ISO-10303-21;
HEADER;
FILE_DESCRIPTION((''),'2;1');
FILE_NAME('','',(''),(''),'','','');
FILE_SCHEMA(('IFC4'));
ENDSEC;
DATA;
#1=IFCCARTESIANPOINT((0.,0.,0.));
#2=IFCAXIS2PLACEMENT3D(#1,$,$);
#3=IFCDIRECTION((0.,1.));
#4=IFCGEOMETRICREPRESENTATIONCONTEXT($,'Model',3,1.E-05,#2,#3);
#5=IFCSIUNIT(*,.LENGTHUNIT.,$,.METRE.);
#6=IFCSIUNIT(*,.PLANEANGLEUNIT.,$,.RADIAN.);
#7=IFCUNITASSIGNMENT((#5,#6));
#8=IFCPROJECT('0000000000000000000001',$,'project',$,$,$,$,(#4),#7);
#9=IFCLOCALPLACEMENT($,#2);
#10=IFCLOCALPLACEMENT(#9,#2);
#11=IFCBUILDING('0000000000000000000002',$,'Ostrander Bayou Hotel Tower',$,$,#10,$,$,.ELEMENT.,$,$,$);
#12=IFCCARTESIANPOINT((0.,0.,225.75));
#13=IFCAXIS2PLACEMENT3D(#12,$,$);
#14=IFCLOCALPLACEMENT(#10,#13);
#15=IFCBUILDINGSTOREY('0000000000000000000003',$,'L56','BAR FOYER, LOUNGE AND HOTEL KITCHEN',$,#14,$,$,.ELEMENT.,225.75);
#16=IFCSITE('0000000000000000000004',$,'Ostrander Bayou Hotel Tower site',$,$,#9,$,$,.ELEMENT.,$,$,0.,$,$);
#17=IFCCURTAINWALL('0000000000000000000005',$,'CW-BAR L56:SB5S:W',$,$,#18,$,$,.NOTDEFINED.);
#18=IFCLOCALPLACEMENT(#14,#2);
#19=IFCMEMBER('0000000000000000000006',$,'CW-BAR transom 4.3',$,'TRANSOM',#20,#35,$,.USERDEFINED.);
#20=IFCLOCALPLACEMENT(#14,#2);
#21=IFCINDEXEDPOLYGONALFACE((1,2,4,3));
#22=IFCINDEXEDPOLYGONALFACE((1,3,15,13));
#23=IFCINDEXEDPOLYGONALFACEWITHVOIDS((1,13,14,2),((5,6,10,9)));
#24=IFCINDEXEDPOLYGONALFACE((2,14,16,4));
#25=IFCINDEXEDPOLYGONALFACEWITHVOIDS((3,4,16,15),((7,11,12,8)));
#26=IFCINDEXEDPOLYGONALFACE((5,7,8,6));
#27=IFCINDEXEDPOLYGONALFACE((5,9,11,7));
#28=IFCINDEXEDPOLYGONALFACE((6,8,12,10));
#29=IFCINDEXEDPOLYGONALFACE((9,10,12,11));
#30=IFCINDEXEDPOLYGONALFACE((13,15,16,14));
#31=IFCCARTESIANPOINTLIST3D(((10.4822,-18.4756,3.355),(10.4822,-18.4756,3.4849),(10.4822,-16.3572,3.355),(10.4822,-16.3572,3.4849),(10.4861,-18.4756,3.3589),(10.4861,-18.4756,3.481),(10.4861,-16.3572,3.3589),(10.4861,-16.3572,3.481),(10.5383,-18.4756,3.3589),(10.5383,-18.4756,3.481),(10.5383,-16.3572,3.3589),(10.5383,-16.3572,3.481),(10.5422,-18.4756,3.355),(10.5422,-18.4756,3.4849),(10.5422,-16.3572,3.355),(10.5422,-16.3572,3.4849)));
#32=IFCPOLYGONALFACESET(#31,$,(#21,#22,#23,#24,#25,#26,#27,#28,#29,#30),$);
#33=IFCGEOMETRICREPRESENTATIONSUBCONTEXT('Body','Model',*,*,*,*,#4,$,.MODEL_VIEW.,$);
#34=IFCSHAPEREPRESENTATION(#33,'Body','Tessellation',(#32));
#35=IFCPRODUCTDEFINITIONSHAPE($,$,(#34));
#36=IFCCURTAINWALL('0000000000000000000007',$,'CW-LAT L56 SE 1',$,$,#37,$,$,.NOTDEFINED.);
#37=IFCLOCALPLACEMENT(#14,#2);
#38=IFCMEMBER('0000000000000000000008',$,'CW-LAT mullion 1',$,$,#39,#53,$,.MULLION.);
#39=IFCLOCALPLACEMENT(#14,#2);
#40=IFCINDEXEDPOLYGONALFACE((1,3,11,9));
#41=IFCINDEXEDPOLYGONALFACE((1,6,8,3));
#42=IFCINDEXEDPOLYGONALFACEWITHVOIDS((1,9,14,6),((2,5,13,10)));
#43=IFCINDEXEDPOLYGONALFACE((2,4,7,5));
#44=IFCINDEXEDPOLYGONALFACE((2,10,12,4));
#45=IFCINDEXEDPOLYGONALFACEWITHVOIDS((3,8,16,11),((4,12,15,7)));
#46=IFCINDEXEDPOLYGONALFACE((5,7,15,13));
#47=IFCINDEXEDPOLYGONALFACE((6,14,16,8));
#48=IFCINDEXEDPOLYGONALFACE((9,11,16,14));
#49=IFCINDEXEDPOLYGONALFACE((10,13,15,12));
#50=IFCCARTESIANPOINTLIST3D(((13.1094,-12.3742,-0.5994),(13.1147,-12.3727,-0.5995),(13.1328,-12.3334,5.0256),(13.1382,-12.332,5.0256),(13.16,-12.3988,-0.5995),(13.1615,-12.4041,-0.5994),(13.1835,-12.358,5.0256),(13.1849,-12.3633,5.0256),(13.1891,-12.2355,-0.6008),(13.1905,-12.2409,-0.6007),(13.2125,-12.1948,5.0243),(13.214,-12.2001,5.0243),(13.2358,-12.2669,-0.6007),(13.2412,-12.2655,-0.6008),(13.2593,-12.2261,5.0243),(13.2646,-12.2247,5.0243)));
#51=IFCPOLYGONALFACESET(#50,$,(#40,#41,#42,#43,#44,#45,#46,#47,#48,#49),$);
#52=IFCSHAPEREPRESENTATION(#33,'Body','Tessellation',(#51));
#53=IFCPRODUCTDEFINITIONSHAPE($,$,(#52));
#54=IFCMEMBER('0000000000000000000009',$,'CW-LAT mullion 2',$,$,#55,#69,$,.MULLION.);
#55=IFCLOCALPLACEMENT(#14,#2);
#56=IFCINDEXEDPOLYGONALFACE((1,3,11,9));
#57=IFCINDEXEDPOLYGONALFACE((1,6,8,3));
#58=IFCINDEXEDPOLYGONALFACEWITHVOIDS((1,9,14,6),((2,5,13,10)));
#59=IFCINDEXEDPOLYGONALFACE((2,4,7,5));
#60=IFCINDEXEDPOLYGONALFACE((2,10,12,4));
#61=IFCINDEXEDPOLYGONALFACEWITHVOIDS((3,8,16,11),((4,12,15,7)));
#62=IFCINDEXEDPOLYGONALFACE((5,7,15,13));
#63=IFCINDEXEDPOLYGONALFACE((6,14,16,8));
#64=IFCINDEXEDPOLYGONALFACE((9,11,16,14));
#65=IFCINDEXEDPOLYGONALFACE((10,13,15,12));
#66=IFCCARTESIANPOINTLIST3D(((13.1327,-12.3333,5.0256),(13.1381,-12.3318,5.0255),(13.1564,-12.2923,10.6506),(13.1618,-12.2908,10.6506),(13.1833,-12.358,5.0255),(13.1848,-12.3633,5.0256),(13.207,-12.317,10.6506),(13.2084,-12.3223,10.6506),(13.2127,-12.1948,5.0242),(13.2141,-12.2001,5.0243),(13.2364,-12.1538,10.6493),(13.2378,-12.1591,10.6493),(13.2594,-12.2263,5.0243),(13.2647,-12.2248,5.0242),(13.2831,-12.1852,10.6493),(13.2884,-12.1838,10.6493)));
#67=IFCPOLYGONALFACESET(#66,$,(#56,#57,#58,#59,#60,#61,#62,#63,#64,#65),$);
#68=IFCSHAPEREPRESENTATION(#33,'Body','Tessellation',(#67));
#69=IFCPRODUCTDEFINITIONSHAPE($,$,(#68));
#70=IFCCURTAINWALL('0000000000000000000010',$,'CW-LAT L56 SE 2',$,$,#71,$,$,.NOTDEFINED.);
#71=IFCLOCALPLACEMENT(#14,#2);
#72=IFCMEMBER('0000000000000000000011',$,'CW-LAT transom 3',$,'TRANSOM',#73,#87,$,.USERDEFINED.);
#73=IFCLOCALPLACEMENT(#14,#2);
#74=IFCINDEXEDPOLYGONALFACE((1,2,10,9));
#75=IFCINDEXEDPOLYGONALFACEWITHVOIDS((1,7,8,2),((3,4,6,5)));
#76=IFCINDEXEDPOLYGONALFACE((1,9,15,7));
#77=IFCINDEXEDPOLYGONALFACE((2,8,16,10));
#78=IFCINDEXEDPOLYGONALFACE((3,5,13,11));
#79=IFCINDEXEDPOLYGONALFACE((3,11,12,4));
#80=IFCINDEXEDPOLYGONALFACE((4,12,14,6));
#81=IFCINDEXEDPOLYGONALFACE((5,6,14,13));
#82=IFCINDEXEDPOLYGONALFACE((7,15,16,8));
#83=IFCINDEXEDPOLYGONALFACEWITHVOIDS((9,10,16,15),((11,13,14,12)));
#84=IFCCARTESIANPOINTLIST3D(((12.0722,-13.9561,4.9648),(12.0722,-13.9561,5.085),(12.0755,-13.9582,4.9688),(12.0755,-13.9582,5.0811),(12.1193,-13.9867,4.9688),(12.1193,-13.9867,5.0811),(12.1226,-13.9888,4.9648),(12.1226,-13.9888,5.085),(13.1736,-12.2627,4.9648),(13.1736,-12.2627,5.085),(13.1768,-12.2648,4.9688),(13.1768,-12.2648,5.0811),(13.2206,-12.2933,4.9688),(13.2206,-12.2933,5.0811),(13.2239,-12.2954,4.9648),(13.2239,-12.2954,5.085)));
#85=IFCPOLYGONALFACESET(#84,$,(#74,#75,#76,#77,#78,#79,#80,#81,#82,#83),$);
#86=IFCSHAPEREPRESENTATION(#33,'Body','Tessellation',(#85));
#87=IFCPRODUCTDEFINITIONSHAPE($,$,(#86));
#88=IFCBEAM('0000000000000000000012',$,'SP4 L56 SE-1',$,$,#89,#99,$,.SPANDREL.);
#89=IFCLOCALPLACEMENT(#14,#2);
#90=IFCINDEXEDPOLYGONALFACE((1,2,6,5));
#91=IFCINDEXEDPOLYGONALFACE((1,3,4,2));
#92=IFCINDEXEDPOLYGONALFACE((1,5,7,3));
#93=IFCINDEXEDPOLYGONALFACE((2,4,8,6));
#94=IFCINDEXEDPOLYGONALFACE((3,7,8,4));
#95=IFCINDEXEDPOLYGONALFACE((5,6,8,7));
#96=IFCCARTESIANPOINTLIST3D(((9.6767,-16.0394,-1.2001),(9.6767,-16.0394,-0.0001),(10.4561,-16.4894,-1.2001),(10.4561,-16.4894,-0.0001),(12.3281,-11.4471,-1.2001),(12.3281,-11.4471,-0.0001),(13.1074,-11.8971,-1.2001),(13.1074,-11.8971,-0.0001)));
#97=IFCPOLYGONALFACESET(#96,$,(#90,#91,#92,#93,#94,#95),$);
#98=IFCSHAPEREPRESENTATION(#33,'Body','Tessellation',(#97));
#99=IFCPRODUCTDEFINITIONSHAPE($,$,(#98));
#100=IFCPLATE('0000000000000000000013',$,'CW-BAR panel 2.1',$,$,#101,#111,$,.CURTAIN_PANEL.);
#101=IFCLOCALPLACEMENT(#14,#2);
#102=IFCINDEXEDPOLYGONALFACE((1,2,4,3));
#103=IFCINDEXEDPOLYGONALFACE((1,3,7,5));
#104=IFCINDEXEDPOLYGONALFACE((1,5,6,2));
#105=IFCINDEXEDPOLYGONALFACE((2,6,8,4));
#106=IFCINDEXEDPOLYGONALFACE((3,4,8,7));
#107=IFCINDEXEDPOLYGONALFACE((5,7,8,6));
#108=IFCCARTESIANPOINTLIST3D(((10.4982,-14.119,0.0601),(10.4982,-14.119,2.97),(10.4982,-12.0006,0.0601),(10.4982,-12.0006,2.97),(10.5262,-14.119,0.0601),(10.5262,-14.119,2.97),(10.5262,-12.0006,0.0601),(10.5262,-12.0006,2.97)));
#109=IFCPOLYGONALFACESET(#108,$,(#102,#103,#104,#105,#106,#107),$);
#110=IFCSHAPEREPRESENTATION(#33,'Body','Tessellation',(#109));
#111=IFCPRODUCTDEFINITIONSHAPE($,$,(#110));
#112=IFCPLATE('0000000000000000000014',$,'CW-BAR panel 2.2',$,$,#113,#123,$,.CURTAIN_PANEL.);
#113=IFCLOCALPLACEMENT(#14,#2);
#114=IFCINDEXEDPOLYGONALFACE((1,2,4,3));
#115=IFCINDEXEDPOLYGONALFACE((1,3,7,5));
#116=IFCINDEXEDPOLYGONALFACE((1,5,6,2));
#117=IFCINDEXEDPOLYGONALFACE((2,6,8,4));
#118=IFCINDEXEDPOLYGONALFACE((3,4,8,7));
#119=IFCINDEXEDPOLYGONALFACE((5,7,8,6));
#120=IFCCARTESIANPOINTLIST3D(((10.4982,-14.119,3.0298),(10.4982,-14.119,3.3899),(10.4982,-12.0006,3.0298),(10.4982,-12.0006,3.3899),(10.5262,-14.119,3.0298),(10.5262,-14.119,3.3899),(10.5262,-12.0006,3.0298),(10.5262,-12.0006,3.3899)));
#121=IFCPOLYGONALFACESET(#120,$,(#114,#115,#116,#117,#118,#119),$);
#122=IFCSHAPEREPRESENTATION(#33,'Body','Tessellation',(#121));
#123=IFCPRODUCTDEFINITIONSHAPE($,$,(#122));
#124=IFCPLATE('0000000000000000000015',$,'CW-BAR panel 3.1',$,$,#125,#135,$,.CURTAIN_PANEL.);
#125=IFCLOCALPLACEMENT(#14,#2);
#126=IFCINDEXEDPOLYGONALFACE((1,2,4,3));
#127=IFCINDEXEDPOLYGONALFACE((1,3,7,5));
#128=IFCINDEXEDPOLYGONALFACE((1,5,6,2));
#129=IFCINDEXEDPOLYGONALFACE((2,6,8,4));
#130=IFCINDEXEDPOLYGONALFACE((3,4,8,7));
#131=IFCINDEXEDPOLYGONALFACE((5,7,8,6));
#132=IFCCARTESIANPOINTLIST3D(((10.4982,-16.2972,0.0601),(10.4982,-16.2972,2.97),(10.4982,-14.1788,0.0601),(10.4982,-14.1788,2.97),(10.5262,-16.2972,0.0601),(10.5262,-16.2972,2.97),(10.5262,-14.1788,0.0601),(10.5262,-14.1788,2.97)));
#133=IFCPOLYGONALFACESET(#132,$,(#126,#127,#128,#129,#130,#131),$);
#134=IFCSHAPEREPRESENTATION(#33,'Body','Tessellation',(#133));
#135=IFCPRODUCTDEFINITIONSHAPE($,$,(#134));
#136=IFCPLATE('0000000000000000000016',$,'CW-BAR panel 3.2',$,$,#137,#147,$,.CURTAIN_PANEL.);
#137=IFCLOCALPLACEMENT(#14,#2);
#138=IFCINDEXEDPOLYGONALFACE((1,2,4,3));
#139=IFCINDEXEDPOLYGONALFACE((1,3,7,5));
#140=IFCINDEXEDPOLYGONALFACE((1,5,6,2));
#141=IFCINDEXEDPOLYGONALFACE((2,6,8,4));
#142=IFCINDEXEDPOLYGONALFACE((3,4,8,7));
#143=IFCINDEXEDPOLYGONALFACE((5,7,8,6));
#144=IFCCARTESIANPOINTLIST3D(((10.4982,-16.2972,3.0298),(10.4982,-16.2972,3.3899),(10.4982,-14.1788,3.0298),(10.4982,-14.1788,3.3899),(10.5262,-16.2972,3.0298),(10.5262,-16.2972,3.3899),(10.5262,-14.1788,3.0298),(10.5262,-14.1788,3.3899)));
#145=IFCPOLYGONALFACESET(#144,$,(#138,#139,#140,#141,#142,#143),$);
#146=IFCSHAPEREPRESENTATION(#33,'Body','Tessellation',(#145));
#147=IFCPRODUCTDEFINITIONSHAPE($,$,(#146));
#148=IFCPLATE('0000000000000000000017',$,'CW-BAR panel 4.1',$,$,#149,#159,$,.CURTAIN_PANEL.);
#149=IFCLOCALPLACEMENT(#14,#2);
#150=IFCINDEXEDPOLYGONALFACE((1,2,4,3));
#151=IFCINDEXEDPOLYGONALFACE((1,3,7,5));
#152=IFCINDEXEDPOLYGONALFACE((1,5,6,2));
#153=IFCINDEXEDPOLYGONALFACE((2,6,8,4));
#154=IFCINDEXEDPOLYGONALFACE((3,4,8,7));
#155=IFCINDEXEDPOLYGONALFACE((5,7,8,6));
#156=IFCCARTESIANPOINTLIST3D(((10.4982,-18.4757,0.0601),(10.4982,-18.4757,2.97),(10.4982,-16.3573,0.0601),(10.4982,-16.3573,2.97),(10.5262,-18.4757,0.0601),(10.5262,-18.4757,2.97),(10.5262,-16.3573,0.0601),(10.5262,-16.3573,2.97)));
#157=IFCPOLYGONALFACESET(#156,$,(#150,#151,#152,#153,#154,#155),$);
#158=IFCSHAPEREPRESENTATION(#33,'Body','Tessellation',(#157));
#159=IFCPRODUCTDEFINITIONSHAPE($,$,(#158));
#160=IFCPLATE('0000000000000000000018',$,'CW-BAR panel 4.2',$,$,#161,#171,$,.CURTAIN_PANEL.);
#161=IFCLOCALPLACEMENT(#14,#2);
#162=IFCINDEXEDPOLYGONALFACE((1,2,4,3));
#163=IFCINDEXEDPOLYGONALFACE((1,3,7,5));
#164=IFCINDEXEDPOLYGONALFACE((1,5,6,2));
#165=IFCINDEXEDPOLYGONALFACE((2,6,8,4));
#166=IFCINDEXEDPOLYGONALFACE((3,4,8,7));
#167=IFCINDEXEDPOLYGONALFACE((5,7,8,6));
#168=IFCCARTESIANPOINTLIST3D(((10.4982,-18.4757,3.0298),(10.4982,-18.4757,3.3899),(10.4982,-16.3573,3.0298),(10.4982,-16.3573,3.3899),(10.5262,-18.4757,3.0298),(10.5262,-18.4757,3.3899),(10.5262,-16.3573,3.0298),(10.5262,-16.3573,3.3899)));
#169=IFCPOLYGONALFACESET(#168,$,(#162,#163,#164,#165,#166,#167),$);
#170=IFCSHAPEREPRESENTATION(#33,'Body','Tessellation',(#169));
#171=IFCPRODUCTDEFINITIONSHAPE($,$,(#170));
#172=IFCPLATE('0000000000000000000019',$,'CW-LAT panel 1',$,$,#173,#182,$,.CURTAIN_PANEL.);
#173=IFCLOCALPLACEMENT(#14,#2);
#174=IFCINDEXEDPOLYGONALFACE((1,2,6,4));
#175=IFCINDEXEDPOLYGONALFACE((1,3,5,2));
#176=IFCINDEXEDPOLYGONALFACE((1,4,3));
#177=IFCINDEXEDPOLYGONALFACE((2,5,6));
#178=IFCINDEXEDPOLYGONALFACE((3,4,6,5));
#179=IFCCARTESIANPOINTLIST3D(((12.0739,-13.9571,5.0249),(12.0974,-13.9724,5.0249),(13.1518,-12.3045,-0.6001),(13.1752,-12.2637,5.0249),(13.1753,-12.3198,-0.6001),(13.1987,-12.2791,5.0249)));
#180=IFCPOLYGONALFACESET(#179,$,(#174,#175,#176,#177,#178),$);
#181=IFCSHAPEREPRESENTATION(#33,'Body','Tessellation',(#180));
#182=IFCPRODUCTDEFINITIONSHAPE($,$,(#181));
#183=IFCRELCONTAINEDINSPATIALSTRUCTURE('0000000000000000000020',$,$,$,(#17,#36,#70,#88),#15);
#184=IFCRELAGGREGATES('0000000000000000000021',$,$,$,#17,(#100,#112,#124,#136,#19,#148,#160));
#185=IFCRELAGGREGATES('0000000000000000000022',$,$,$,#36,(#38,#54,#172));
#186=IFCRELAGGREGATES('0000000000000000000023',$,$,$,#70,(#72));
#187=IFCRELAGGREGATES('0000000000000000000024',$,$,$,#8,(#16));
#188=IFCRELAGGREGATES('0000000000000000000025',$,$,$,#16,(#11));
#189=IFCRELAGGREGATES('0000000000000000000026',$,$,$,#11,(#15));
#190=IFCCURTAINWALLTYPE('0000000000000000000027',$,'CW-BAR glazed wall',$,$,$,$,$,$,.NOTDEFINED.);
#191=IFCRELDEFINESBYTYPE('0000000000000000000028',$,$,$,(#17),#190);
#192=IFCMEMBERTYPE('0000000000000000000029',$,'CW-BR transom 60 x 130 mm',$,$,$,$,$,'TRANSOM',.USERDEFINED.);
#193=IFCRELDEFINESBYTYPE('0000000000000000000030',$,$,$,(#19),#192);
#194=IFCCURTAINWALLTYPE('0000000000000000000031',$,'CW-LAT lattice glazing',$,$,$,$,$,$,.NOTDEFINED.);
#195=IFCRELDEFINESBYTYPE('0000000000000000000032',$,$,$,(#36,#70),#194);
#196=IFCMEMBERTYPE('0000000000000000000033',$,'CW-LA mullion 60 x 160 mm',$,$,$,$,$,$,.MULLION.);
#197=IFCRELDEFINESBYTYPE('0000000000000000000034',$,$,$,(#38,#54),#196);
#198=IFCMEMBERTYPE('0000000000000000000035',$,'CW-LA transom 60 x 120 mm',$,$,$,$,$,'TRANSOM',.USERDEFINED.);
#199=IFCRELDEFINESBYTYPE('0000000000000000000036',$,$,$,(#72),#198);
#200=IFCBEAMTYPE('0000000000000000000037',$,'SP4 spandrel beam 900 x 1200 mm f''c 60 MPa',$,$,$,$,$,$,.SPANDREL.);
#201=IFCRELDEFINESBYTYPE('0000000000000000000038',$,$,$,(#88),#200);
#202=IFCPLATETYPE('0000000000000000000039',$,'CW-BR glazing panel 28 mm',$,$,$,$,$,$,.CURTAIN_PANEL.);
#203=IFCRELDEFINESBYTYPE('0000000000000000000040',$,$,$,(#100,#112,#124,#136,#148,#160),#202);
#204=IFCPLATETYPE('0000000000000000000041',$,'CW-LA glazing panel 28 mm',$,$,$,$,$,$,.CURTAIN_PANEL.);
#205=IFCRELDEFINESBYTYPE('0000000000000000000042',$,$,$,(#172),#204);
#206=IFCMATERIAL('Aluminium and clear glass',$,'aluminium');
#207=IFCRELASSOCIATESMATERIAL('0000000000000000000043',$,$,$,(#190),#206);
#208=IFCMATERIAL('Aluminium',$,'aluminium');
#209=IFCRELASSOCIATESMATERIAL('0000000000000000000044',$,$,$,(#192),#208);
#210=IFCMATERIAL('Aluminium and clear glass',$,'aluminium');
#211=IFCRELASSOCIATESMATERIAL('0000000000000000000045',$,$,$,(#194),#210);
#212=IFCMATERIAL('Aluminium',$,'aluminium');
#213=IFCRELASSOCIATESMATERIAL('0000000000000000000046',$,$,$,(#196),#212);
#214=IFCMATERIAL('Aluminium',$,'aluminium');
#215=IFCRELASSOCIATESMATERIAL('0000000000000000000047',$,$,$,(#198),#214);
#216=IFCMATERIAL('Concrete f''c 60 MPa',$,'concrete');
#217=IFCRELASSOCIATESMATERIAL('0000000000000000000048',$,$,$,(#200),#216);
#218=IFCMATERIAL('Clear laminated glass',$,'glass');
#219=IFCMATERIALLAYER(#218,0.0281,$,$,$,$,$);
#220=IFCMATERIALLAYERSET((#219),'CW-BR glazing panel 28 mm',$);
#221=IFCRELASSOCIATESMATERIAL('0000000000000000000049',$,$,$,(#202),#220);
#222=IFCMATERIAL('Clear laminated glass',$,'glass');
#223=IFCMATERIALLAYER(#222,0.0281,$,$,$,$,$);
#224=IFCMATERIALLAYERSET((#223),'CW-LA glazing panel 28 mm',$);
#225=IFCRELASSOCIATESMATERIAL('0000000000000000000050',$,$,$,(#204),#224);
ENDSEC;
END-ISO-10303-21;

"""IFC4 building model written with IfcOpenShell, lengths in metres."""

from ifc_helpers import new_model, si_unit, direction, frame, origin, origin_2d, place, context, subcontext, project, spatial, polyline, rectangle, hollow_rectangle, outline, extrude, material, layer, layer_set, material_profile, profile_set, type_object, element, aggregate, save


model = new_model("IFC4")

# Units and contexts
model_context = context("Model", 3, precision=1e-05, world=origin(), true_north=direction((0.0, 1.0)))
body_context = subcontext(model_context, "Body", "Model", "MODEL_VIEW")
ifc_project = project(units=[si_unit("LENGTHUNIT", "METRE"), si_unit("PLANEANGLEUNIT", "RADIAN")], contexts=[model_context])

# Site, building, storey
site_placement = place(None, origin())
site = spatial("IfcSite", under=ifc_project, at=site_placement, Name="Ostrander Bayou Hotel Tower site", CompositionType="ELEMENT", RefElevation=0.0)
building_placement = place(site_placement, origin())
building = spatial("IfcBuilding", under=site, at=building_placement, Name="Ostrander Bayou Hotel Tower", CompositionType="ELEMENT")
storey_placement = place(building_placement, frame((0.0, 0.0, 225.75)))
storey = spatial("IfcBuildingStorey", under=building, at=storey_placement, Name="L56", Description="BAR FOYER, LOUNGE AND HOTEL KITCHEN", CompositionType="ELEMENT", Elevation=225.75)

# Curtain walls, members
ifc_material_1 = material(Name="Aluminium and clear glass", Category="aluminium")
curtain_wall_type_1 = type_object("IfcCurtainWallType", Name="CW-BAR glazed wall", PredefinedType="NOTDEFINED", material=ifc_material_1)
curtain_wall_1_placement = place(storey_placement, origin())
curtain_wall_1 = element("IfcCurtainWall", 1, at=curtain_wall_1_placement, inside=storey, type_object=curtain_wall_type_1, Name="CW-BAR L56:SB5S:W", PredefinedType="NOTDEFINED")
ifc_material_2 = material(Name="Aluminium", Category="aluminium")
ifc_material_profile_1 = material_profile(ifc_material_2, hollow_rectangle(XDim=0.0601, YDim=0.1299, WallThickness=0.0039, at=origin_2d()))
ifc_profile_set_1 = profile_set([ifc_material_profile_1], Name="Aluminium")
member_type_1 = type_object("IfcMemberType", Name="CW-BR transom 60 x 130 mm", ElementType="TRANSOM", PredefinedType="USERDEFINED", material=ifc_profile_set_1)
member_1_placement = place(storey_placement, frame((10.5122, -16.3572, 3.4199), z_axis=(0.0, -1.0, 0.0), x_axis=(1.0, 0.0, 0.0)))
member_1 = element("IfcMember", 2, at=member_1_placement, type_object=member_type_1, Name="CW-BAR transom 4.3", ObjectType="TRANSOM", PredefinedType="USERDEFINED", context=body_context, shape_type="SweptSolid", body=[
    extrude(hollow_rectangle(XDim=0.0601, YDim=0.1299, WallThickness=0.0039, at=origin_2d()), origin(), (0.0, 0.0, 1.0), 2.1184),
])
ifc_material_3 = material(Name="Aluminium and clear glass", Category="aluminium")
curtain_wall_type_2 = type_object("IfcCurtainWallType", Name="CW-LAT lattice glazing", PredefinedType="NOTDEFINED", material=ifc_material_3)
curtain_wall_2_placement = place(storey_placement, origin())
curtain_wall_2 = element("IfcCurtainWall", 3, at=curtain_wall_2_placement, inside=storey, type_object=curtain_wall_type_2, Name="CW-LAT L56 SE 1", PredefinedType="NOTDEFINED")
ifc_material_4 = material(Name="Aluminium", Category="aluminium")
ifc_material_profile_2 = material_profile(ifc_material_4, hollow_rectangle(XDim=0.0601, YDim=0.1599, WallThickness=0.0039, at=origin_2d()))
ifc_profile_set_2 = profile_set([ifc_material_profile_2], Name="Aluminium")
member_type_2 = type_object("IfcMemberType", Name="CW-LA mullion 60 x 160 mm", PredefinedType="MULLION", material=ifc_profile_set_2)
member_2_placement = place(storey_placement, frame((13.1753, -12.3198, -0.6001), z_axis=(0.004167, 0.007248, 0.999965), x_axis=(-0.866962, 0.498374, 0.0)))
member_2 = element("IfcMember", 4, at=member_2_placement, type_object=member_type_2, Name="CW-LAT mullion 1", PredefinedType="MULLION", context=body_context, shape_type="SweptSolid", body=[
    extrude(hollow_rectangle(XDim=0.0601, YDim=0.1599, WallThickness=0.0039, at=origin_2d()), origin(), (0.0, 0.0, 1.0), 5.6252),
])
member_3_placement = place(storey_placement, frame((13.1987, -12.2791, 5.0249), z_axis=(0.00421, 0.007291, 0.999965), x_axis=(-0.866014, 0.50002, 0.0)))
member_3 = element("IfcMember", 5, at=member_3_placement, type_object=member_type_2, Name="CW-LAT mullion 2", PredefinedType="MULLION", context=body_context, shape_type="SweptSolid", body=[
    extrude(hollow_rectangle(XDim=0.0601, YDim=0.1599, WallThickness=0.0039, at=origin_2d()), origin(), (0.0, 0.0, 1.0), 5.6252),
])

# Curtain wall, member
curtain_wall_3_placement = place(storey_placement, origin())
curtain_wall_3 = element("IfcCurtainWall", 6, at=curtain_wall_3_placement, inside=storey, type_object=curtain_wall_type_2, Name="CW-LAT L56 SE 2", PredefinedType="NOTDEFINED")
ifc_material_5 = material(Name="Aluminium", Category="aluminium")
ifc_material_profile_3 = material_profile(ifc_material_5, hollow_rectangle(XDim=0.0601, YDim=0.1201, WallThickness=0.0039, at=origin_2d()))
ifc_profile_set_3 = profile_set([ifc_material_profile_3], Name="Aluminium")
member_type_3 = type_object("IfcMemberType", Name="CW-LA transom 60 x 120 mm", ElementType="TRANSOM", PredefinedType="USERDEFINED", material=ifc_profile_set_3)
member_4_placement = place(storey_placement, frame((13.1987, -12.2791, 5.0249), z_axis=(-0.545209, -0.8383, 0.0), x_axis=(0.8383, -0.545209, 0.0)))
member_4 = element("IfcMember", 7, at=member_4_placement, type_object=member_type_3, Name="CW-LAT transom 3", ObjectType="TRANSOM", PredefinedType="USERDEFINED", context=body_context, shape_type="SweptSolid", body=[
    extrude(hollow_rectangle(XDim=0.0601, YDim=0.1201, WallThickness=0.0039, at=origin_2d()), origin(), (0.0, 0.0, 1.0), 2.02),
])

# Beam
ifc_material_6 = material(Name="Concrete f'c 60 MPa", Category="concrete")
ifc_material_profile_4 = material_profile(ifc_material_6, rectangle(XDim=0.8999, YDim=1.2, at=origin_2d()))
ifc_profile_set_4 = profile_set([ifc_material_profile_4], Name="Concrete f'c 60 MPa")
beam_type = type_object("IfcBeamType", Name="SP4 spandrel beam 900 x 1200 mm f'c 60 MPa", PredefinedType="SPANDREL", material=ifc_profile_set_4)
beam_placement = place(storey_placement, frame((10.0664, -16.2644, -0.6001), z_axis=(0.500001, 0.866025, 0.0), x_axis=(-0.866025, 0.500001, 0.0)))
element("IfcBeam", 8, at=beam_placement, inside=storey, type_object=beam_type, Name="SP4 L56 SE-1", PredefinedType="SPANDREL", context=body_context, shape_type="SweptSolid", body=[
    extrude(rectangle(XDim=0.8999, YDim=1.2, at=origin_2d()), origin(), (0.0, 0.0, 1.0), 5.3027),
])

# Plates
ifc_material_7 = material(Name="Clear laminated glass", Category="glass")
ifc_layer_1 = layer(ifc_material_7, 0.0281)
ifc_layer_set_1 = layer_set([ifc_layer_1], Name="CW-BR glazing panel 28 mm")
plate_type_1 = type_object("IfcPlateType", Name="CW-BR glazing panel 28 mm", PredefinedType="CURTAIN_PANEL", material=ifc_layer_set_1)
plate_1_placement = place(storey_placement, frame((10.5122, -13.0598, 0.0601), z_axis=(0.0, 0.0, 1.0), x_axis=(0.0, -1.0, 0.0)))
plate_1 = element("IfcPlate", 9, at=plate_1_placement, type_object=plate_type_1, Name="CW-BAR panel 2.1", PredefinedType="CURTAIN_PANEL", context=body_context, shape_type="SweptSolid", body=[
    extrude(rectangle(XDim=2.1184, YDim=0.0281, at=origin_2d()), origin(), (0.0, 0.0, 1.0), 2.9099),
])
plate_2_placement = place(storey_placement, frame((10.5122, -13.0598, 3.0298), z_axis=(0.0, 0.0, 1.0), x_axis=(0.0, -1.0, 0.0)))
plate_2 = element("IfcPlate", 10, at=plate_2_placement, type_object=plate_type_1, Name="CW-BAR panel 2.2", PredefinedType="CURTAIN_PANEL", context=body_context, shape_type="SweptSolid", body=[
    extrude(rectangle(XDim=2.1184, YDim=0.0281, at=origin_2d()), origin(), (0.0, 0.0, 1.0), 0.3601),
])
plate_3_placement = place(storey_placement, frame((10.5122, -15.238, 0.0601), z_axis=(0.0, 0.0, 1.0), x_axis=(0.0, -1.0, 0.0)))
plate_3 = element("IfcPlate", 11, at=plate_3_placement, type_object=plate_type_1, Name="CW-BAR panel 3.1", PredefinedType="CURTAIN_PANEL", context=body_context, shape_type="SweptSolid", body=[
    extrude(rectangle(XDim=2.1184, YDim=0.0281, at=origin_2d()), origin(), (0.0, 0.0, 1.0), 2.9099),
])
plate_4_placement = place(storey_placement, frame((10.5122, -15.238, 3.0298), z_axis=(0.0, 0.0, 1.0), x_axis=(0.0, -1.0, 0.0)))
plate_4 = element("IfcPlate", 12, at=plate_4_placement, type_object=plate_type_1, Name="CW-BAR panel 3.2", PredefinedType="CURTAIN_PANEL", context=body_context, shape_type="SweptSolid", body=[
    extrude(rectangle(XDim=2.1184, YDim=0.0281, at=origin_2d()), origin(), (0.0, 0.0, 1.0), 0.3601),
])
plate_5_placement = place(storey_placement, frame((10.5122, -17.4165, 0.0601), z_axis=(0.0, 0.0, 1.0), x_axis=(0.0, -1.0, 0.0)))
plate_5 = element("IfcPlate", 13, at=plate_5_placement, type_object=plate_type_1, Name="CW-BAR panel 4.1", PredefinedType="CURTAIN_PANEL", context=body_context, shape_type="SweptSolid", body=[
    extrude(rectangle(XDim=2.1184, YDim=0.0281, at=origin_2d()), origin(), (0.0, 0.0, 1.0), 2.9099),
])
plate_6_placement = place(storey_placement, frame((10.5122, -17.4165, 3.0298), z_axis=(0.0, 0.0, 1.0), x_axis=(0.0, -1.0, 0.0)))
plate_6 = element("IfcPlate", 14, at=plate_6_placement, type_object=plate_type_1, Name="CW-BAR panel 4.2", PredefinedType="CURTAIN_PANEL", context=body_context, shape_type="SweptSolid", body=[
    extrude(rectangle(XDim=2.1184, YDim=0.0281, at=origin_2d()), origin(), (0.0, 0.0, 1.0), 0.3601),
])
aggregate(curtain_wall_1, [plate_1, plate_2, plate_3, plate_4, member_1, plate_5, plate_6])
ifc_material_8 = material(Name="Clear laminated glass", Category="glass")
ifc_layer_2 = layer(ifc_material_8, 0.0281)
ifc_layer_set_2 = layer_set([ifc_layer_2], Name="CW-LA glazing panel 28 mm")
plate_type_2 = type_object("IfcPlateType", Name="CW-LA glazing panel 28 mm", PredefinedType="CURTAIN_PANEL", material=ifc_layer_set_2)
plate_7_placement = place(storey_placement, frame((12.0974, -13.9724, 5.0249), z_axis=(0.8383, -0.545209, 0.000459), x_axis=(0.180822, 0.277233, -0.943634)))
plate_7 = element("IfcPlate", 15, at=plate_7_placement, type_object=plate_type_2, Name="CW-LAT panel 1", PredefinedType="CURTAIN_PANEL", context=body_context, shape_type="SweptSolid", body=[
    extrude(outline(polyline([(0.0, 0.0), (5.961, 0.0), (0.6686, 1.9061), (0.0, 0.0)])), origin(), (0.0, 0.0, -1.0), 0.0281),
])
aggregate(curtain_wall_2, [member_2, member_3, plate_7])
aggregate(curtain_wall_3, [member_4])

save(model, "model.ifc")
